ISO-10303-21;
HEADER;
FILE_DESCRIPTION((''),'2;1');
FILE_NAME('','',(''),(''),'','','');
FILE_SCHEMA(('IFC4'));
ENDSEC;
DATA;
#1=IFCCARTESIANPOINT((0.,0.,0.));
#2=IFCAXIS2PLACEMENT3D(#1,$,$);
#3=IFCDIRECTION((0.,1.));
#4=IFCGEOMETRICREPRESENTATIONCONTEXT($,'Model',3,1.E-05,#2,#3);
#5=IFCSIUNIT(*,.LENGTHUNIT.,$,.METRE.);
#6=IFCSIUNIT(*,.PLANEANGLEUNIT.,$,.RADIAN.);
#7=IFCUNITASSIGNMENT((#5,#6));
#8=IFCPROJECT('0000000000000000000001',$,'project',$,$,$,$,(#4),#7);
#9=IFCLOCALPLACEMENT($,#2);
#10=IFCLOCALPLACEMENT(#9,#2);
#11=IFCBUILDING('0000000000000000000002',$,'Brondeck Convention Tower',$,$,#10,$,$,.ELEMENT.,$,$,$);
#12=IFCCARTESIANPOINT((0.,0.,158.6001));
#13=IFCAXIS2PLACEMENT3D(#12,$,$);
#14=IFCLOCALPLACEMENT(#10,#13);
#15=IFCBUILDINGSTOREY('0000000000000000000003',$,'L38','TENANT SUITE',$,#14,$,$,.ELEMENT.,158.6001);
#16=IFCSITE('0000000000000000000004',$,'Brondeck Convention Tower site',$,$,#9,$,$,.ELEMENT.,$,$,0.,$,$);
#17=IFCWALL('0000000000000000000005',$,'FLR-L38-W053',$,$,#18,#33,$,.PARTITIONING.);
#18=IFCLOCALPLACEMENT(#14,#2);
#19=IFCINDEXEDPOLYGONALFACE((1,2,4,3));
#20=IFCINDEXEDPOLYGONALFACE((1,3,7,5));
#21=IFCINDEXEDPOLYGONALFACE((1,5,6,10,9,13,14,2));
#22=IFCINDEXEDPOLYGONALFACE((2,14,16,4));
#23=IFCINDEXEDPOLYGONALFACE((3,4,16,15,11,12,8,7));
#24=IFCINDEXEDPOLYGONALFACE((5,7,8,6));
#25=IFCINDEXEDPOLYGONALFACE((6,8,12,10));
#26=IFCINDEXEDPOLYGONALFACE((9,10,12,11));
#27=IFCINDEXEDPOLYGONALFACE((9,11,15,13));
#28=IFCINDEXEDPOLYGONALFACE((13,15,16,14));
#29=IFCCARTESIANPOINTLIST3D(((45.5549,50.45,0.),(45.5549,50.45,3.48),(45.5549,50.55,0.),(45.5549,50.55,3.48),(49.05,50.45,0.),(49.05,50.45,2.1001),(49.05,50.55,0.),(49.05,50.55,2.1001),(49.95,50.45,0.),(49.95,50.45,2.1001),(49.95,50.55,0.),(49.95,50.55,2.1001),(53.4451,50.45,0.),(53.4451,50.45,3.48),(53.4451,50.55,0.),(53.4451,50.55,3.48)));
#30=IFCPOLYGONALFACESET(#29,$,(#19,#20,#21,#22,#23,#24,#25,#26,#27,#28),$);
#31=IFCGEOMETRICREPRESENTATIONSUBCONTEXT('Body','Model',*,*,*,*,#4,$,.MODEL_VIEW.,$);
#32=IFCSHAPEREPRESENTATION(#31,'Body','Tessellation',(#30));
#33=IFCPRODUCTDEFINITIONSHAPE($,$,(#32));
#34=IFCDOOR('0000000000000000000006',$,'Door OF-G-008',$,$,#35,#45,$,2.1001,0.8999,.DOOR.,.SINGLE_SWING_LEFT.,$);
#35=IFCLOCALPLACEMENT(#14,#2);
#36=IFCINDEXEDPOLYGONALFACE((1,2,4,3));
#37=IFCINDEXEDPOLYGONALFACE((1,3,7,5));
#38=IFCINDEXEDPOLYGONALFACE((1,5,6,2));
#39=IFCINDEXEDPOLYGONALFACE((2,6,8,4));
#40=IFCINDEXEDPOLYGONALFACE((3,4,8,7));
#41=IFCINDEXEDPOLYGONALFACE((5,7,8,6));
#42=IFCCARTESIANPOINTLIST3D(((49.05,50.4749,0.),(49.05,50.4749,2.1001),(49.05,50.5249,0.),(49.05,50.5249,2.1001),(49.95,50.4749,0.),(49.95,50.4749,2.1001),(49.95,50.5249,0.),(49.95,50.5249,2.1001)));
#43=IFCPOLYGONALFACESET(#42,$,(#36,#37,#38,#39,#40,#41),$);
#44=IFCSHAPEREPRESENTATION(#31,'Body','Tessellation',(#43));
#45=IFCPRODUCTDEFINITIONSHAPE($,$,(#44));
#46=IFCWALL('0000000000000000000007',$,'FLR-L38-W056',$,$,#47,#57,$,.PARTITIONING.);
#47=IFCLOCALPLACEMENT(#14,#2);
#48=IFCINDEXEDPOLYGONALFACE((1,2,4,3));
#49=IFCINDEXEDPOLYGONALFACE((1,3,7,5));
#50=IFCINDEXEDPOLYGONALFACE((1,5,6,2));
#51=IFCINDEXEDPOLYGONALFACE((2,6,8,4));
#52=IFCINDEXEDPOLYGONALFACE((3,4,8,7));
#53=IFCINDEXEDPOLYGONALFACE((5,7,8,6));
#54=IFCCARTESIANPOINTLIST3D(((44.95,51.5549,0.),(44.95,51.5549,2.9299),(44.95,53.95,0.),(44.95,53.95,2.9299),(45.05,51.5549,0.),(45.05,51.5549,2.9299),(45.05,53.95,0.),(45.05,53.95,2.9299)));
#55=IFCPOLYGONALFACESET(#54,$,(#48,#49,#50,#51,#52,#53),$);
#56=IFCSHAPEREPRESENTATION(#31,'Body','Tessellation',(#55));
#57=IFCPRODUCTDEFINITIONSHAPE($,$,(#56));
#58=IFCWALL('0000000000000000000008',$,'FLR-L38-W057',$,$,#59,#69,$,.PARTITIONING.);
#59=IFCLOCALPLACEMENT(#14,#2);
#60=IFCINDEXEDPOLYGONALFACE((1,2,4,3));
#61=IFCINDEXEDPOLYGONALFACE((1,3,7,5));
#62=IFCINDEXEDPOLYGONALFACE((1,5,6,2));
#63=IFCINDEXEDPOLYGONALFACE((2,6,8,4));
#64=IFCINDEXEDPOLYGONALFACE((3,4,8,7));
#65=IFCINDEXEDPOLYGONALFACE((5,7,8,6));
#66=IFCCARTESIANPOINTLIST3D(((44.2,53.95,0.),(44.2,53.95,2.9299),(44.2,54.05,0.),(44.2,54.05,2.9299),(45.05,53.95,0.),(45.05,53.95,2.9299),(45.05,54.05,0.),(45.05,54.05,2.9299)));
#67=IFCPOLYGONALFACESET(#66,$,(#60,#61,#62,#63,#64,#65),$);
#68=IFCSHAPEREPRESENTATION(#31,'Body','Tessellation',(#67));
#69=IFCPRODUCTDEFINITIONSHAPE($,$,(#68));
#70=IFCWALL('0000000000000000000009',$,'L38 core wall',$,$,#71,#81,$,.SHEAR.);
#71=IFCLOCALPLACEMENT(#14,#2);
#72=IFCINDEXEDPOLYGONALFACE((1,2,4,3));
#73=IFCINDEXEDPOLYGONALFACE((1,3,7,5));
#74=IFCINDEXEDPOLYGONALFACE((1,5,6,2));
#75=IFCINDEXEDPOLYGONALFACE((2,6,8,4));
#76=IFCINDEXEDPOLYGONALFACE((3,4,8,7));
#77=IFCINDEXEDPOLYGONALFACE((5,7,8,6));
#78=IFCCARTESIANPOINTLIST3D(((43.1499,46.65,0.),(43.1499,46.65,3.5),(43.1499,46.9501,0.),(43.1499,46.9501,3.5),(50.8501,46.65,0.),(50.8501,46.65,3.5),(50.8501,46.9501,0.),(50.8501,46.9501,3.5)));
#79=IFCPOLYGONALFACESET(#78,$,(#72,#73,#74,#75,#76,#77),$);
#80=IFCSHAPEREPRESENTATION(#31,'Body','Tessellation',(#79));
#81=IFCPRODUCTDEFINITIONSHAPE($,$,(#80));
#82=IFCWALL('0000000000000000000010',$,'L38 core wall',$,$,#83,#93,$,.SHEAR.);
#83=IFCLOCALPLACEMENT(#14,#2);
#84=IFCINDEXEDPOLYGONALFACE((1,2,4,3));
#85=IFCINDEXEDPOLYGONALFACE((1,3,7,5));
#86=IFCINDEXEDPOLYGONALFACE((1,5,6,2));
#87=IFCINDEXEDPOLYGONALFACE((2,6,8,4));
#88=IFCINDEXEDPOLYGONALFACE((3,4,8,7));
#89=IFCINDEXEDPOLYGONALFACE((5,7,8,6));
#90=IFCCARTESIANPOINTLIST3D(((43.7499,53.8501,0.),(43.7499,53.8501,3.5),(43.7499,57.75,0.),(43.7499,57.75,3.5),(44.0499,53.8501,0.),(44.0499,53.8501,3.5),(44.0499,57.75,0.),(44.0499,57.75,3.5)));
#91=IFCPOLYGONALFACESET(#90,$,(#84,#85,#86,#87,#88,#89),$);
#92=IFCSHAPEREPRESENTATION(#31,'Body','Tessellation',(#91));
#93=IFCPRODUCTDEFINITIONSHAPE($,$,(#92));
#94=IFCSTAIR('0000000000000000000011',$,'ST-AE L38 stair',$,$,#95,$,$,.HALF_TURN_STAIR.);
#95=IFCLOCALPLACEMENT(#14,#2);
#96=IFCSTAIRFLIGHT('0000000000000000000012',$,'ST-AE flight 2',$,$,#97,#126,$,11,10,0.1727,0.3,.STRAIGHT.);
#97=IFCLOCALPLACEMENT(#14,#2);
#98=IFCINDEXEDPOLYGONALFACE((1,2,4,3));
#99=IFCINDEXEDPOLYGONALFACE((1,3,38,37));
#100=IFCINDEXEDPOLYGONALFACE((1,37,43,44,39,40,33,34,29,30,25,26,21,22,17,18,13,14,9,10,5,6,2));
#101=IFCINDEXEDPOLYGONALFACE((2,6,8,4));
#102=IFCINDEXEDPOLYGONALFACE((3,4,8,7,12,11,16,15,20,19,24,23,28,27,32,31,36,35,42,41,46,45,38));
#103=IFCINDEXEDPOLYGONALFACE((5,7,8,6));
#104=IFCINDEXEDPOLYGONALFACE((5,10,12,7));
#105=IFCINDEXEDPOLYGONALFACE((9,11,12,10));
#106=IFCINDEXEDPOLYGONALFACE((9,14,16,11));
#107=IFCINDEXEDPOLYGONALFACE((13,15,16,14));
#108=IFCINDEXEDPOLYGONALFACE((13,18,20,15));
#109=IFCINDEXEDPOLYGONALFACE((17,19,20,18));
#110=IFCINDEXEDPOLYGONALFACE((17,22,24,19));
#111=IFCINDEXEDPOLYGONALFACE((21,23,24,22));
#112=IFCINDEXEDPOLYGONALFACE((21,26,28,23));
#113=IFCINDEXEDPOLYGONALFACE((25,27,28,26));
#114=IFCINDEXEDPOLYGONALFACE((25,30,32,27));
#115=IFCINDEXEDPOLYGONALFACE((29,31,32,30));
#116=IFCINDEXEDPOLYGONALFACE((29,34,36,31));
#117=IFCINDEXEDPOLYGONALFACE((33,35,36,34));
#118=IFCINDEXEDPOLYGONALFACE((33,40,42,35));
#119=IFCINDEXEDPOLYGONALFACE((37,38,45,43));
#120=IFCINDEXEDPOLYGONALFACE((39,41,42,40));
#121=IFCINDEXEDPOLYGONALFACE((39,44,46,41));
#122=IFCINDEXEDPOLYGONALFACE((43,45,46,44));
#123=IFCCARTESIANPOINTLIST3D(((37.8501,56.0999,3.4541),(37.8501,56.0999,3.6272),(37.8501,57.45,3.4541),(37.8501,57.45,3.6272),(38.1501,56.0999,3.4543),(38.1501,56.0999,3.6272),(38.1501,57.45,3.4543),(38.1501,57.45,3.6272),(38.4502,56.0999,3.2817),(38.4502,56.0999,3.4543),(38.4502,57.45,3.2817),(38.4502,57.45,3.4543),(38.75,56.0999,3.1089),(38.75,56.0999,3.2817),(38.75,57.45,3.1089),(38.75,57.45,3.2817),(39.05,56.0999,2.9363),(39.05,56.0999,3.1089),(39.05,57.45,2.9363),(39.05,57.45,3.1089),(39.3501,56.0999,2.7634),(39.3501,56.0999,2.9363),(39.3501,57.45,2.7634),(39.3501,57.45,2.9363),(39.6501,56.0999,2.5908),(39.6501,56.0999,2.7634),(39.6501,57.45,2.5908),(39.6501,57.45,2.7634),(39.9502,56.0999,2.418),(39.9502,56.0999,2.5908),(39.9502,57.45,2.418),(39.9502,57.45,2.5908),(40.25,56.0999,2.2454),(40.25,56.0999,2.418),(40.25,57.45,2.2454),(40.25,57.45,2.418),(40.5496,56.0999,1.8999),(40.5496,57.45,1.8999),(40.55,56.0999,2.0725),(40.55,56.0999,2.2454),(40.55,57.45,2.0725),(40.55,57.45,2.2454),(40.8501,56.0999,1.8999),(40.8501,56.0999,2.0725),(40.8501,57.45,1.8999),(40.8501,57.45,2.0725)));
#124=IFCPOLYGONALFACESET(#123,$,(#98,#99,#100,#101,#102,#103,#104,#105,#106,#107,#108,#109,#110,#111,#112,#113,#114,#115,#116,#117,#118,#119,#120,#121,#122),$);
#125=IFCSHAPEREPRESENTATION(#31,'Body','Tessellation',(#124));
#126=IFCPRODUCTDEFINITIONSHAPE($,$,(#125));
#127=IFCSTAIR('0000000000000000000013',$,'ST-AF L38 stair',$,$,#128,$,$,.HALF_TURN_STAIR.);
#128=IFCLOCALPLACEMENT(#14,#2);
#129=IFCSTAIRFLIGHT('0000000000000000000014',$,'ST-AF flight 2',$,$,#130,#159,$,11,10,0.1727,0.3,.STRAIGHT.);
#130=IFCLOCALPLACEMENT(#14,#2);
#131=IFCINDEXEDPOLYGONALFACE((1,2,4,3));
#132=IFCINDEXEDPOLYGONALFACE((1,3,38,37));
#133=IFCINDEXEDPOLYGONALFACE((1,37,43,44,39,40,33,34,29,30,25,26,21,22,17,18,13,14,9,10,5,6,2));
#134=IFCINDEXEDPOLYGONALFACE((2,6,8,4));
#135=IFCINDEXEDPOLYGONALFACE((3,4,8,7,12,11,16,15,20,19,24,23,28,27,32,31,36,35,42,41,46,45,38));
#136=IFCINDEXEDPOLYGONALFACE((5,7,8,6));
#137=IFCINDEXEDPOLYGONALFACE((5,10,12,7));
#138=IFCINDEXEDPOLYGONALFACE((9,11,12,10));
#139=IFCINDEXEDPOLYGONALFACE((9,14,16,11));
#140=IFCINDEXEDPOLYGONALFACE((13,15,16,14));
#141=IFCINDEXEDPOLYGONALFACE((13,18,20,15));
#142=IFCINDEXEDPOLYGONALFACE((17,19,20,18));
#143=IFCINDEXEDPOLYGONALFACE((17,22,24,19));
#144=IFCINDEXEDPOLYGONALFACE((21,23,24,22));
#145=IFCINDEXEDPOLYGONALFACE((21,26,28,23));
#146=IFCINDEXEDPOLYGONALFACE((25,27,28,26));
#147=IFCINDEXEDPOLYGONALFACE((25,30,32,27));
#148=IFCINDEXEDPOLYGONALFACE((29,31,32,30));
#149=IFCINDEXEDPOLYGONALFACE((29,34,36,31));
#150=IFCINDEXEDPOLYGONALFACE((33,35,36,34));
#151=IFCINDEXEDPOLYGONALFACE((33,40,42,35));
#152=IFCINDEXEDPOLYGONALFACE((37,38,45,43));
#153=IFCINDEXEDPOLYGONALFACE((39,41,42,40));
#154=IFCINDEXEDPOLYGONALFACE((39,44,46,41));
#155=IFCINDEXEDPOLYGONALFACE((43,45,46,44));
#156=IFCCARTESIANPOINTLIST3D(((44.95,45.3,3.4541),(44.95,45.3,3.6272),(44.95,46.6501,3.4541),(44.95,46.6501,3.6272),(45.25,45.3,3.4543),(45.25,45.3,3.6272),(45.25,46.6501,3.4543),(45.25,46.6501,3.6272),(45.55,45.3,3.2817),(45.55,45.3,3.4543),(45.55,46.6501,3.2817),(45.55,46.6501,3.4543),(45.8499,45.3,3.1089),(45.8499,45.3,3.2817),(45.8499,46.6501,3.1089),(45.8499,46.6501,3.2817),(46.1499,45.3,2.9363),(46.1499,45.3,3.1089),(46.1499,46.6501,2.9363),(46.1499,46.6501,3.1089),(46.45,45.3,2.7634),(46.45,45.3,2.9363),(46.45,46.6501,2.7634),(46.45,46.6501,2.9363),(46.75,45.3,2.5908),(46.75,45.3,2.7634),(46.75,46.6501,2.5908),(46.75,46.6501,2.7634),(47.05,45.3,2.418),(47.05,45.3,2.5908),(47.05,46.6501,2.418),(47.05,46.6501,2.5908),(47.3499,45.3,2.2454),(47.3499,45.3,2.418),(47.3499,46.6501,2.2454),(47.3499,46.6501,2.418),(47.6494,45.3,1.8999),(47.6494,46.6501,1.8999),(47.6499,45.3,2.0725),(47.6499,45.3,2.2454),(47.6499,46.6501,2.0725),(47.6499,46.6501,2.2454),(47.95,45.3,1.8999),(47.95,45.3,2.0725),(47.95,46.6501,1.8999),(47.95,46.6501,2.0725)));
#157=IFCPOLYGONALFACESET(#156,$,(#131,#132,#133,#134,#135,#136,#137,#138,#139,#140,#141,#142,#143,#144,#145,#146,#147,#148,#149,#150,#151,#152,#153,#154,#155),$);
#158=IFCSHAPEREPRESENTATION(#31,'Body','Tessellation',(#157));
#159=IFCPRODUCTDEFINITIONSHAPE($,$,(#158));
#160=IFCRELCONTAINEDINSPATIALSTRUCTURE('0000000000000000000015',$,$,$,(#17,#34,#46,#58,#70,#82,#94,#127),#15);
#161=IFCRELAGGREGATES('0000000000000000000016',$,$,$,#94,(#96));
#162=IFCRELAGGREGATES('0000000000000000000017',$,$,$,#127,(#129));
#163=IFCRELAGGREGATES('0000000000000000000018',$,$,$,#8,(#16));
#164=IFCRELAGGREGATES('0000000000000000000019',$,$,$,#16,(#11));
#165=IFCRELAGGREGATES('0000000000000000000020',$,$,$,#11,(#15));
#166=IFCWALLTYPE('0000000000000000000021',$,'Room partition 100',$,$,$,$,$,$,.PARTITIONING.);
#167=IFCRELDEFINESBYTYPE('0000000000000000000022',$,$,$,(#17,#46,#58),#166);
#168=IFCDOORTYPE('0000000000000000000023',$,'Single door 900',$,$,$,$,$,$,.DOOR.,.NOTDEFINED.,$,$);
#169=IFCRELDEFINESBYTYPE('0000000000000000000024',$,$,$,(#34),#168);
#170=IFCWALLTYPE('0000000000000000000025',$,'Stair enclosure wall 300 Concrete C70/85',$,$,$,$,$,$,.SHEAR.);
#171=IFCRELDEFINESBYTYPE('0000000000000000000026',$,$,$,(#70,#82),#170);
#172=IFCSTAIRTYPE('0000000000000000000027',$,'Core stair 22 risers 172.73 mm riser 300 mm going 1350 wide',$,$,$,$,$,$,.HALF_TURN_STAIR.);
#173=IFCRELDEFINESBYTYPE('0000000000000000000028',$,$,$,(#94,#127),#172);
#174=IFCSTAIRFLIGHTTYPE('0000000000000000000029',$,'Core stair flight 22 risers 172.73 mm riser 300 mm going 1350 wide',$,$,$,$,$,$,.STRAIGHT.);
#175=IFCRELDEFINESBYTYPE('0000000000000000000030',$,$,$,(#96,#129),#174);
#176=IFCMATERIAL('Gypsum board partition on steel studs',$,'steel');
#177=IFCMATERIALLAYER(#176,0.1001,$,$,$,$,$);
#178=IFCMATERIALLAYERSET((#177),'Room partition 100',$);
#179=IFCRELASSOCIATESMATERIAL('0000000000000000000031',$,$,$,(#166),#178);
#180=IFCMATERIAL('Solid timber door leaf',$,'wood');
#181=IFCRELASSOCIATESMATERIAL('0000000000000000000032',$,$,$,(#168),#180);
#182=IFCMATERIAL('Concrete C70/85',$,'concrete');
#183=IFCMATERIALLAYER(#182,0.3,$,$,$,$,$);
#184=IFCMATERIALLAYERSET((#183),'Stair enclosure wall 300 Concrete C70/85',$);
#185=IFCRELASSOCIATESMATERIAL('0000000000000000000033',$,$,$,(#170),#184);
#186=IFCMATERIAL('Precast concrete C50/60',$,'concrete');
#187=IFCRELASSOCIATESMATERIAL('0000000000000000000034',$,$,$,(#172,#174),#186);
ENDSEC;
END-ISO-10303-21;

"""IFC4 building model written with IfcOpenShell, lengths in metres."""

from ifc_helpers import new_model, si_unit, direction, frame, frame_2d, origin, place, context, subcontext, project, spatial, polyline, rectangle, outline, extrude, material, layer, layer_set, type_object, element, fill, aggregate, save


model = new_model("IFC4")

# Units and contexts
model_context = context("Model", 3, precision=1e-05, world=origin(), true_north=direction((0.0, 1.0)))
body_context = subcontext(model_context, "Body", "Model", "MODEL_VIEW")
ifc_project = project(units=[si_unit("LENGTHUNIT", "METRE"), si_unit("PLANEANGLEUNIT", "RADIAN")], contexts=[model_context])

# Site, building, storey
site_placement = place(None, origin())
site = spatial("IfcSite", under=ifc_project, at=site_placement, Name="Brondeck Convention Tower site", CompositionType="ELEMENT", RefElevation=0.0)
building_placement = place(site_placement, origin())
building = spatial("IfcBuilding", under=site, at=building_placement, Name="Brondeck Convention Tower", CompositionType="ELEMENT")
storey_placement = place(building_placement, frame((0.0, 0.0, 158.6001)))
storey = spatial("IfcBuildingStorey", under=building, at=storey_placement, Name="L38", Description="TENANT SUITE", CompositionType="ELEMENT", Elevation=158.6001)

# Shared definitions
ifc_material_1 = material(Name="Concrete C70/85", Category="concrete")

# Shared definitions
ifc_material_2 = material(Name="Gypsum board partition on steel studs", Category="steel")
ifc_layer_1 = layer(ifc_material_2, 0.1001)
ifc_layer_set_1 = layer_set([ifc_layer_1], Name="Room partition 100")
wall_type_1 = type_object("IfcWallType", Name="Room partition 100", PredefinedType="PARTITIONING", material=ifc_layer_set_1)

# Wall, opening, door
ifc_material_3 = material(Name="Solid timber door leaf", Category="wood")
door_type = type_object("IfcDoorType", Name="Single door 900", OperationType="NOTDEFINED", PredefinedType="DOOR", material=ifc_material_3)
wall_1_placement = place(storey_placement, frame((45.5549, 50.5, 0.0), z_axis=(0.0, 0.0, 1.0), x_axis=(1.0, 0.0, 0.0)))
wall_1 = element("IfcWall", 1, at=wall_1_placement, inside=storey, type_object=wall_type_1, Name="FLR-L38-W053", PredefinedType="PARTITIONING", context=body_context, shape_type="SweptSolid", body=[
    extrude(rectangle(XDim=7.8901, YDim=0.1001, at=frame_2d((3.9451, 0.0))), origin(), (0.0, 0.0, 1.0), 3.48),
])
opening_1_placement = place(wall_1_placement, frame((3.4951, 0.0, 0.0)))
opening_1 = element("IfcOpeningElement", 2, at=opening_1_placement, cuts=wall_1, PredefinedType="OPENING", context=body_context, shape_type="SweptSolid", body=[
    extrude(rectangle(XDim=0.8999, YDim=2.1001, at=frame_2d((0.45, 1.05))), frame((0.0, 0.0601, 0.0), z_axis=(0.0, -1.0, 0.0), x_axis=(1.0, 0.0, 0.0)), (0.0, 0.0, 1.0), 0.1201),
])
door_1_placement = place(opening_1_placement, origin())
door_1 = element("IfcDoor", 3, at=door_1_placement, inside=storey, type_object=door_type, Name="Door OF-G-008", OperationType="SINGLE_SWING_LEFT", OverallHeight=2.1001, OverallWidth=0.8999, PredefinedType="DOOR", context=body_context, shape_type="SweptSolid", body=[
    extrude(rectangle(XDim=0.8999, YDim=2.1001, at=frame_2d((0.45, 1.05))), frame((0.0, 0.0249, 0.0), z_axis=(0.0, -1.0, 0.0), x_axis=(1.0, 0.0, 0.0)), (0.0, 0.0, 1.0), 0.05),
])
fill(opening_1, door_1)

# Walls
wall_2_placement = place(storey_placement, frame((45.0, 53.95, 0.0), z_axis=(0.0, 0.0, 1.0), x_axis=(0.0, -1.0, 0.0)))
element("IfcWall", 4, at=wall_2_placement, inside=storey, type_object=wall_type_1, Name="FLR-L38-W056", PredefinedType="PARTITIONING", context=body_context, shape_type="SweptSolid", body=[
    extrude(rectangle(XDim=2.395, YDim=0.1001, at=frame_2d((1.1975, 0.0))), origin(), (0.0, 0.0, 1.0), 2.9299),
])
wall_3_placement = place(storey_placement, frame((44.2, 54.0, 0.0), z_axis=(0.0, 0.0, 1.0), x_axis=(1.0, 0.0, 0.0)))
element("IfcWall", 5, at=wall_3_placement, inside=storey, type_object=wall_type_1, Name="FLR-L38-W057", PredefinedType="PARTITIONING", context=body_context, shape_type="SweptSolid", body=[
    extrude(rectangle(XDim=0.8501, YDim=0.1001, at=frame_2d((0.425, 0.0))), origin(), (0.0, 0.0, 1.0), 2.9299),
])
ifc_layer_2 = layer(ifc_material_1, 0.3)
ifc_layer_set_2 = layer_set([ifc_layer_2], Name="Stair enclosure wall 300 Concrete C70/85")
wall_type_2 = type_object("IfcWallType", Name="Stair enclosure wall 300 Concrete C70/85", PredefinedType="SHEAR", material=ifc_layer_set_2)
wall_4_placement = place(storey_placement, frame((43.1499, 46.8, 0.0), z_axis=(0.0, 0.0, 1.0), x_axis=(1.0, 0.0, 0.0)))
element("IfcWall", 6, at=wall_4_placement, inside=storey, type_object=wall_type_2, Name="L38 core wall", PredefinedType="SHEAR", context=body_context, shape_type="SweptSolid", body=[
    extrude(rectangle(XDim=7.7002, YDim=0.3, at=frame_2d((3.8501, 0.0))), origin(), (0.0, 0.0, 1.0), 3.5),
])
wall_5_placement = place(storey_placement, frame((43.8999, 53.8501, 0.0), z_axis=(0.0, 0.0, 1.0), x_axis=(0.0, 1.0, 0.0)))
element("IfcWall", 7, at=wall_5_placement, inside=storey, type_object=wall_type_2, Name="L38 core wall", PredefinedType="SHEAR", context=body_context, shape_type="SweptSolid", body=[
    extrude(rectangle(XDim=3.8999, YDim=0.3, at=frame_2d((1.95, 0.0))), origin(), (0.0, 0.0, 1.0), 3.5),
])

# Stairs, stair flights
ifc_material_4 = material(Name="Precast concrete C50/60", Category="concrete")
stair_type = type_object("IfcStairType", Name="Core stair 22 risers 172.73 mm riser 300 mm going 1350 wide", PredefinedType="HALF_TURN_STAIR", material=ifc_material_4)
stair_1_placement = place(storey_placement, origin())
stair_1 = element("IfcStair", 8, at=stair_1_placement, inside=storey, type_object=stair_type, Name="ST-AE L38 stair", PredefinedType="HALF_TURN_STAIR")
stair_flight_type = type_object("IfcStairFlightType", Name="Core stair flight 22 risers 172.73 mm riser 300 mm going 1350 wide", PredefinedType="STRAIGHT", material=ifc_material_4)
stair_flight_1_placement = place(storey_placement, frame((40.8501, 56.7749, 1.8999), z_axis=(0.0, 0.0, 1.0), x_axis=(-1.0, 0.0, 0.0)))
stair_flight_1 = element("IfcStairFlight", 9, at=stair_flight_1_placement, type_object=stair_flight_type, Name="ST-AE flight 2", NumberOfRisers=11, NumberOfTreads=10, PredefinedType="STRAIGHT", RiserHeight=0.1727, TreadLength=0.3, context=body_context, shape_type="SweptSolid", body=[
    extrude(outline(polyline([(0.0, 0.0), (0.0, 0.1726), (0.3, 0.1726), (0.3, 0.3455), (0.6001, 0.3455), (0.6001, 0.5181), (0.8999, 0.5181), (0.8999, 0.6909), (1.2, 0.6909), (1.2, 0.8635), (1.5, 0.8635), (1.5, 1.0364), (1.8, 1.0364), (1.8, 1.209), (2.1001, 1.209), (2.1001, 1.3818), (2.3999, 1.3818), (2.3999, 1.5544), (2.7, 1.5544), (2.7, 1.7273), (3.0, 1.7273), (3.0, 1.8999), (3.0, 1.5542), (0.3005, 0.0), (0.0, 0.0)])), frame((0.0, 0.675, 0.0), z_axis=(0.0, -1.0, 0.0), x_axis=(1.0, 0.0, 0.0)), (0.0, 0.0, 1.0), 1.3501),
])
aggregate(stair_1, [stair_flight_1])
stair_2_placement = place(storey_placement, origin())
stair_2 = element("IfcStair", 10, at=stair_2_placement, inside=storey, type_object=stair_type, Name="ST-AF L38 stair", PredefinedType="HALF_TURN_STAIR")
stair_flight_2_placement = place(storey_placement, frame((47.95, 45.9751, 1.8999), z_axis=(0.0, 0.0, 1.0), x_axis=(-1.0, 0.0, 0.0)))
stair_flight_2 = element("IfcStairFlight", 11, at=stair_flight_2_placement, type_object=stair_flight_type, Name="ST-AF flight 2", NumberOfRisers=11, NumberOfTreads=10, PredefinedType="STRAIGHT", RiserHeight=0.1727, TreadLength=0.3, context=body_context, shape_type="SweptSolid", body=[
    extrude(outline(polyline([(0.0, 0.0), (0.0, 0.1726), (0.3, 0.1726), (0.3, 0.3455), (0.6001, 0.3455), (0.6001, 0.5181), (0.8999, 0.5181), (0.8999, 0.6909), (1.2, 0.6909), (1.2, 0.8635), (1.5, 0.8635), (1.5, 1.0364), (1.8, 1.0364), (1.8, 1.209), (2.1001, 1.209), (2.1001, 1.3818), (2.3999, 1.3818), (2.3999, 1.5544), (2.7, 1.5544), (2.7, 1.7273), (3.0, 1.7273), (3.0, 1.8999), (3.0, 1.5542), (0.3005, 0.0), (0.0, 0.0)])), frame((0.0, 0.675, 0.0), z_axis=(0.0, -1.0, 0.0), x_axis=(1.0, 0.0, 0.0)), (0.0, 0.0, 1.0), 1.3501),
])
aggregate(stair_2, [stair_flight_2])

save(model, "model.ifc")
